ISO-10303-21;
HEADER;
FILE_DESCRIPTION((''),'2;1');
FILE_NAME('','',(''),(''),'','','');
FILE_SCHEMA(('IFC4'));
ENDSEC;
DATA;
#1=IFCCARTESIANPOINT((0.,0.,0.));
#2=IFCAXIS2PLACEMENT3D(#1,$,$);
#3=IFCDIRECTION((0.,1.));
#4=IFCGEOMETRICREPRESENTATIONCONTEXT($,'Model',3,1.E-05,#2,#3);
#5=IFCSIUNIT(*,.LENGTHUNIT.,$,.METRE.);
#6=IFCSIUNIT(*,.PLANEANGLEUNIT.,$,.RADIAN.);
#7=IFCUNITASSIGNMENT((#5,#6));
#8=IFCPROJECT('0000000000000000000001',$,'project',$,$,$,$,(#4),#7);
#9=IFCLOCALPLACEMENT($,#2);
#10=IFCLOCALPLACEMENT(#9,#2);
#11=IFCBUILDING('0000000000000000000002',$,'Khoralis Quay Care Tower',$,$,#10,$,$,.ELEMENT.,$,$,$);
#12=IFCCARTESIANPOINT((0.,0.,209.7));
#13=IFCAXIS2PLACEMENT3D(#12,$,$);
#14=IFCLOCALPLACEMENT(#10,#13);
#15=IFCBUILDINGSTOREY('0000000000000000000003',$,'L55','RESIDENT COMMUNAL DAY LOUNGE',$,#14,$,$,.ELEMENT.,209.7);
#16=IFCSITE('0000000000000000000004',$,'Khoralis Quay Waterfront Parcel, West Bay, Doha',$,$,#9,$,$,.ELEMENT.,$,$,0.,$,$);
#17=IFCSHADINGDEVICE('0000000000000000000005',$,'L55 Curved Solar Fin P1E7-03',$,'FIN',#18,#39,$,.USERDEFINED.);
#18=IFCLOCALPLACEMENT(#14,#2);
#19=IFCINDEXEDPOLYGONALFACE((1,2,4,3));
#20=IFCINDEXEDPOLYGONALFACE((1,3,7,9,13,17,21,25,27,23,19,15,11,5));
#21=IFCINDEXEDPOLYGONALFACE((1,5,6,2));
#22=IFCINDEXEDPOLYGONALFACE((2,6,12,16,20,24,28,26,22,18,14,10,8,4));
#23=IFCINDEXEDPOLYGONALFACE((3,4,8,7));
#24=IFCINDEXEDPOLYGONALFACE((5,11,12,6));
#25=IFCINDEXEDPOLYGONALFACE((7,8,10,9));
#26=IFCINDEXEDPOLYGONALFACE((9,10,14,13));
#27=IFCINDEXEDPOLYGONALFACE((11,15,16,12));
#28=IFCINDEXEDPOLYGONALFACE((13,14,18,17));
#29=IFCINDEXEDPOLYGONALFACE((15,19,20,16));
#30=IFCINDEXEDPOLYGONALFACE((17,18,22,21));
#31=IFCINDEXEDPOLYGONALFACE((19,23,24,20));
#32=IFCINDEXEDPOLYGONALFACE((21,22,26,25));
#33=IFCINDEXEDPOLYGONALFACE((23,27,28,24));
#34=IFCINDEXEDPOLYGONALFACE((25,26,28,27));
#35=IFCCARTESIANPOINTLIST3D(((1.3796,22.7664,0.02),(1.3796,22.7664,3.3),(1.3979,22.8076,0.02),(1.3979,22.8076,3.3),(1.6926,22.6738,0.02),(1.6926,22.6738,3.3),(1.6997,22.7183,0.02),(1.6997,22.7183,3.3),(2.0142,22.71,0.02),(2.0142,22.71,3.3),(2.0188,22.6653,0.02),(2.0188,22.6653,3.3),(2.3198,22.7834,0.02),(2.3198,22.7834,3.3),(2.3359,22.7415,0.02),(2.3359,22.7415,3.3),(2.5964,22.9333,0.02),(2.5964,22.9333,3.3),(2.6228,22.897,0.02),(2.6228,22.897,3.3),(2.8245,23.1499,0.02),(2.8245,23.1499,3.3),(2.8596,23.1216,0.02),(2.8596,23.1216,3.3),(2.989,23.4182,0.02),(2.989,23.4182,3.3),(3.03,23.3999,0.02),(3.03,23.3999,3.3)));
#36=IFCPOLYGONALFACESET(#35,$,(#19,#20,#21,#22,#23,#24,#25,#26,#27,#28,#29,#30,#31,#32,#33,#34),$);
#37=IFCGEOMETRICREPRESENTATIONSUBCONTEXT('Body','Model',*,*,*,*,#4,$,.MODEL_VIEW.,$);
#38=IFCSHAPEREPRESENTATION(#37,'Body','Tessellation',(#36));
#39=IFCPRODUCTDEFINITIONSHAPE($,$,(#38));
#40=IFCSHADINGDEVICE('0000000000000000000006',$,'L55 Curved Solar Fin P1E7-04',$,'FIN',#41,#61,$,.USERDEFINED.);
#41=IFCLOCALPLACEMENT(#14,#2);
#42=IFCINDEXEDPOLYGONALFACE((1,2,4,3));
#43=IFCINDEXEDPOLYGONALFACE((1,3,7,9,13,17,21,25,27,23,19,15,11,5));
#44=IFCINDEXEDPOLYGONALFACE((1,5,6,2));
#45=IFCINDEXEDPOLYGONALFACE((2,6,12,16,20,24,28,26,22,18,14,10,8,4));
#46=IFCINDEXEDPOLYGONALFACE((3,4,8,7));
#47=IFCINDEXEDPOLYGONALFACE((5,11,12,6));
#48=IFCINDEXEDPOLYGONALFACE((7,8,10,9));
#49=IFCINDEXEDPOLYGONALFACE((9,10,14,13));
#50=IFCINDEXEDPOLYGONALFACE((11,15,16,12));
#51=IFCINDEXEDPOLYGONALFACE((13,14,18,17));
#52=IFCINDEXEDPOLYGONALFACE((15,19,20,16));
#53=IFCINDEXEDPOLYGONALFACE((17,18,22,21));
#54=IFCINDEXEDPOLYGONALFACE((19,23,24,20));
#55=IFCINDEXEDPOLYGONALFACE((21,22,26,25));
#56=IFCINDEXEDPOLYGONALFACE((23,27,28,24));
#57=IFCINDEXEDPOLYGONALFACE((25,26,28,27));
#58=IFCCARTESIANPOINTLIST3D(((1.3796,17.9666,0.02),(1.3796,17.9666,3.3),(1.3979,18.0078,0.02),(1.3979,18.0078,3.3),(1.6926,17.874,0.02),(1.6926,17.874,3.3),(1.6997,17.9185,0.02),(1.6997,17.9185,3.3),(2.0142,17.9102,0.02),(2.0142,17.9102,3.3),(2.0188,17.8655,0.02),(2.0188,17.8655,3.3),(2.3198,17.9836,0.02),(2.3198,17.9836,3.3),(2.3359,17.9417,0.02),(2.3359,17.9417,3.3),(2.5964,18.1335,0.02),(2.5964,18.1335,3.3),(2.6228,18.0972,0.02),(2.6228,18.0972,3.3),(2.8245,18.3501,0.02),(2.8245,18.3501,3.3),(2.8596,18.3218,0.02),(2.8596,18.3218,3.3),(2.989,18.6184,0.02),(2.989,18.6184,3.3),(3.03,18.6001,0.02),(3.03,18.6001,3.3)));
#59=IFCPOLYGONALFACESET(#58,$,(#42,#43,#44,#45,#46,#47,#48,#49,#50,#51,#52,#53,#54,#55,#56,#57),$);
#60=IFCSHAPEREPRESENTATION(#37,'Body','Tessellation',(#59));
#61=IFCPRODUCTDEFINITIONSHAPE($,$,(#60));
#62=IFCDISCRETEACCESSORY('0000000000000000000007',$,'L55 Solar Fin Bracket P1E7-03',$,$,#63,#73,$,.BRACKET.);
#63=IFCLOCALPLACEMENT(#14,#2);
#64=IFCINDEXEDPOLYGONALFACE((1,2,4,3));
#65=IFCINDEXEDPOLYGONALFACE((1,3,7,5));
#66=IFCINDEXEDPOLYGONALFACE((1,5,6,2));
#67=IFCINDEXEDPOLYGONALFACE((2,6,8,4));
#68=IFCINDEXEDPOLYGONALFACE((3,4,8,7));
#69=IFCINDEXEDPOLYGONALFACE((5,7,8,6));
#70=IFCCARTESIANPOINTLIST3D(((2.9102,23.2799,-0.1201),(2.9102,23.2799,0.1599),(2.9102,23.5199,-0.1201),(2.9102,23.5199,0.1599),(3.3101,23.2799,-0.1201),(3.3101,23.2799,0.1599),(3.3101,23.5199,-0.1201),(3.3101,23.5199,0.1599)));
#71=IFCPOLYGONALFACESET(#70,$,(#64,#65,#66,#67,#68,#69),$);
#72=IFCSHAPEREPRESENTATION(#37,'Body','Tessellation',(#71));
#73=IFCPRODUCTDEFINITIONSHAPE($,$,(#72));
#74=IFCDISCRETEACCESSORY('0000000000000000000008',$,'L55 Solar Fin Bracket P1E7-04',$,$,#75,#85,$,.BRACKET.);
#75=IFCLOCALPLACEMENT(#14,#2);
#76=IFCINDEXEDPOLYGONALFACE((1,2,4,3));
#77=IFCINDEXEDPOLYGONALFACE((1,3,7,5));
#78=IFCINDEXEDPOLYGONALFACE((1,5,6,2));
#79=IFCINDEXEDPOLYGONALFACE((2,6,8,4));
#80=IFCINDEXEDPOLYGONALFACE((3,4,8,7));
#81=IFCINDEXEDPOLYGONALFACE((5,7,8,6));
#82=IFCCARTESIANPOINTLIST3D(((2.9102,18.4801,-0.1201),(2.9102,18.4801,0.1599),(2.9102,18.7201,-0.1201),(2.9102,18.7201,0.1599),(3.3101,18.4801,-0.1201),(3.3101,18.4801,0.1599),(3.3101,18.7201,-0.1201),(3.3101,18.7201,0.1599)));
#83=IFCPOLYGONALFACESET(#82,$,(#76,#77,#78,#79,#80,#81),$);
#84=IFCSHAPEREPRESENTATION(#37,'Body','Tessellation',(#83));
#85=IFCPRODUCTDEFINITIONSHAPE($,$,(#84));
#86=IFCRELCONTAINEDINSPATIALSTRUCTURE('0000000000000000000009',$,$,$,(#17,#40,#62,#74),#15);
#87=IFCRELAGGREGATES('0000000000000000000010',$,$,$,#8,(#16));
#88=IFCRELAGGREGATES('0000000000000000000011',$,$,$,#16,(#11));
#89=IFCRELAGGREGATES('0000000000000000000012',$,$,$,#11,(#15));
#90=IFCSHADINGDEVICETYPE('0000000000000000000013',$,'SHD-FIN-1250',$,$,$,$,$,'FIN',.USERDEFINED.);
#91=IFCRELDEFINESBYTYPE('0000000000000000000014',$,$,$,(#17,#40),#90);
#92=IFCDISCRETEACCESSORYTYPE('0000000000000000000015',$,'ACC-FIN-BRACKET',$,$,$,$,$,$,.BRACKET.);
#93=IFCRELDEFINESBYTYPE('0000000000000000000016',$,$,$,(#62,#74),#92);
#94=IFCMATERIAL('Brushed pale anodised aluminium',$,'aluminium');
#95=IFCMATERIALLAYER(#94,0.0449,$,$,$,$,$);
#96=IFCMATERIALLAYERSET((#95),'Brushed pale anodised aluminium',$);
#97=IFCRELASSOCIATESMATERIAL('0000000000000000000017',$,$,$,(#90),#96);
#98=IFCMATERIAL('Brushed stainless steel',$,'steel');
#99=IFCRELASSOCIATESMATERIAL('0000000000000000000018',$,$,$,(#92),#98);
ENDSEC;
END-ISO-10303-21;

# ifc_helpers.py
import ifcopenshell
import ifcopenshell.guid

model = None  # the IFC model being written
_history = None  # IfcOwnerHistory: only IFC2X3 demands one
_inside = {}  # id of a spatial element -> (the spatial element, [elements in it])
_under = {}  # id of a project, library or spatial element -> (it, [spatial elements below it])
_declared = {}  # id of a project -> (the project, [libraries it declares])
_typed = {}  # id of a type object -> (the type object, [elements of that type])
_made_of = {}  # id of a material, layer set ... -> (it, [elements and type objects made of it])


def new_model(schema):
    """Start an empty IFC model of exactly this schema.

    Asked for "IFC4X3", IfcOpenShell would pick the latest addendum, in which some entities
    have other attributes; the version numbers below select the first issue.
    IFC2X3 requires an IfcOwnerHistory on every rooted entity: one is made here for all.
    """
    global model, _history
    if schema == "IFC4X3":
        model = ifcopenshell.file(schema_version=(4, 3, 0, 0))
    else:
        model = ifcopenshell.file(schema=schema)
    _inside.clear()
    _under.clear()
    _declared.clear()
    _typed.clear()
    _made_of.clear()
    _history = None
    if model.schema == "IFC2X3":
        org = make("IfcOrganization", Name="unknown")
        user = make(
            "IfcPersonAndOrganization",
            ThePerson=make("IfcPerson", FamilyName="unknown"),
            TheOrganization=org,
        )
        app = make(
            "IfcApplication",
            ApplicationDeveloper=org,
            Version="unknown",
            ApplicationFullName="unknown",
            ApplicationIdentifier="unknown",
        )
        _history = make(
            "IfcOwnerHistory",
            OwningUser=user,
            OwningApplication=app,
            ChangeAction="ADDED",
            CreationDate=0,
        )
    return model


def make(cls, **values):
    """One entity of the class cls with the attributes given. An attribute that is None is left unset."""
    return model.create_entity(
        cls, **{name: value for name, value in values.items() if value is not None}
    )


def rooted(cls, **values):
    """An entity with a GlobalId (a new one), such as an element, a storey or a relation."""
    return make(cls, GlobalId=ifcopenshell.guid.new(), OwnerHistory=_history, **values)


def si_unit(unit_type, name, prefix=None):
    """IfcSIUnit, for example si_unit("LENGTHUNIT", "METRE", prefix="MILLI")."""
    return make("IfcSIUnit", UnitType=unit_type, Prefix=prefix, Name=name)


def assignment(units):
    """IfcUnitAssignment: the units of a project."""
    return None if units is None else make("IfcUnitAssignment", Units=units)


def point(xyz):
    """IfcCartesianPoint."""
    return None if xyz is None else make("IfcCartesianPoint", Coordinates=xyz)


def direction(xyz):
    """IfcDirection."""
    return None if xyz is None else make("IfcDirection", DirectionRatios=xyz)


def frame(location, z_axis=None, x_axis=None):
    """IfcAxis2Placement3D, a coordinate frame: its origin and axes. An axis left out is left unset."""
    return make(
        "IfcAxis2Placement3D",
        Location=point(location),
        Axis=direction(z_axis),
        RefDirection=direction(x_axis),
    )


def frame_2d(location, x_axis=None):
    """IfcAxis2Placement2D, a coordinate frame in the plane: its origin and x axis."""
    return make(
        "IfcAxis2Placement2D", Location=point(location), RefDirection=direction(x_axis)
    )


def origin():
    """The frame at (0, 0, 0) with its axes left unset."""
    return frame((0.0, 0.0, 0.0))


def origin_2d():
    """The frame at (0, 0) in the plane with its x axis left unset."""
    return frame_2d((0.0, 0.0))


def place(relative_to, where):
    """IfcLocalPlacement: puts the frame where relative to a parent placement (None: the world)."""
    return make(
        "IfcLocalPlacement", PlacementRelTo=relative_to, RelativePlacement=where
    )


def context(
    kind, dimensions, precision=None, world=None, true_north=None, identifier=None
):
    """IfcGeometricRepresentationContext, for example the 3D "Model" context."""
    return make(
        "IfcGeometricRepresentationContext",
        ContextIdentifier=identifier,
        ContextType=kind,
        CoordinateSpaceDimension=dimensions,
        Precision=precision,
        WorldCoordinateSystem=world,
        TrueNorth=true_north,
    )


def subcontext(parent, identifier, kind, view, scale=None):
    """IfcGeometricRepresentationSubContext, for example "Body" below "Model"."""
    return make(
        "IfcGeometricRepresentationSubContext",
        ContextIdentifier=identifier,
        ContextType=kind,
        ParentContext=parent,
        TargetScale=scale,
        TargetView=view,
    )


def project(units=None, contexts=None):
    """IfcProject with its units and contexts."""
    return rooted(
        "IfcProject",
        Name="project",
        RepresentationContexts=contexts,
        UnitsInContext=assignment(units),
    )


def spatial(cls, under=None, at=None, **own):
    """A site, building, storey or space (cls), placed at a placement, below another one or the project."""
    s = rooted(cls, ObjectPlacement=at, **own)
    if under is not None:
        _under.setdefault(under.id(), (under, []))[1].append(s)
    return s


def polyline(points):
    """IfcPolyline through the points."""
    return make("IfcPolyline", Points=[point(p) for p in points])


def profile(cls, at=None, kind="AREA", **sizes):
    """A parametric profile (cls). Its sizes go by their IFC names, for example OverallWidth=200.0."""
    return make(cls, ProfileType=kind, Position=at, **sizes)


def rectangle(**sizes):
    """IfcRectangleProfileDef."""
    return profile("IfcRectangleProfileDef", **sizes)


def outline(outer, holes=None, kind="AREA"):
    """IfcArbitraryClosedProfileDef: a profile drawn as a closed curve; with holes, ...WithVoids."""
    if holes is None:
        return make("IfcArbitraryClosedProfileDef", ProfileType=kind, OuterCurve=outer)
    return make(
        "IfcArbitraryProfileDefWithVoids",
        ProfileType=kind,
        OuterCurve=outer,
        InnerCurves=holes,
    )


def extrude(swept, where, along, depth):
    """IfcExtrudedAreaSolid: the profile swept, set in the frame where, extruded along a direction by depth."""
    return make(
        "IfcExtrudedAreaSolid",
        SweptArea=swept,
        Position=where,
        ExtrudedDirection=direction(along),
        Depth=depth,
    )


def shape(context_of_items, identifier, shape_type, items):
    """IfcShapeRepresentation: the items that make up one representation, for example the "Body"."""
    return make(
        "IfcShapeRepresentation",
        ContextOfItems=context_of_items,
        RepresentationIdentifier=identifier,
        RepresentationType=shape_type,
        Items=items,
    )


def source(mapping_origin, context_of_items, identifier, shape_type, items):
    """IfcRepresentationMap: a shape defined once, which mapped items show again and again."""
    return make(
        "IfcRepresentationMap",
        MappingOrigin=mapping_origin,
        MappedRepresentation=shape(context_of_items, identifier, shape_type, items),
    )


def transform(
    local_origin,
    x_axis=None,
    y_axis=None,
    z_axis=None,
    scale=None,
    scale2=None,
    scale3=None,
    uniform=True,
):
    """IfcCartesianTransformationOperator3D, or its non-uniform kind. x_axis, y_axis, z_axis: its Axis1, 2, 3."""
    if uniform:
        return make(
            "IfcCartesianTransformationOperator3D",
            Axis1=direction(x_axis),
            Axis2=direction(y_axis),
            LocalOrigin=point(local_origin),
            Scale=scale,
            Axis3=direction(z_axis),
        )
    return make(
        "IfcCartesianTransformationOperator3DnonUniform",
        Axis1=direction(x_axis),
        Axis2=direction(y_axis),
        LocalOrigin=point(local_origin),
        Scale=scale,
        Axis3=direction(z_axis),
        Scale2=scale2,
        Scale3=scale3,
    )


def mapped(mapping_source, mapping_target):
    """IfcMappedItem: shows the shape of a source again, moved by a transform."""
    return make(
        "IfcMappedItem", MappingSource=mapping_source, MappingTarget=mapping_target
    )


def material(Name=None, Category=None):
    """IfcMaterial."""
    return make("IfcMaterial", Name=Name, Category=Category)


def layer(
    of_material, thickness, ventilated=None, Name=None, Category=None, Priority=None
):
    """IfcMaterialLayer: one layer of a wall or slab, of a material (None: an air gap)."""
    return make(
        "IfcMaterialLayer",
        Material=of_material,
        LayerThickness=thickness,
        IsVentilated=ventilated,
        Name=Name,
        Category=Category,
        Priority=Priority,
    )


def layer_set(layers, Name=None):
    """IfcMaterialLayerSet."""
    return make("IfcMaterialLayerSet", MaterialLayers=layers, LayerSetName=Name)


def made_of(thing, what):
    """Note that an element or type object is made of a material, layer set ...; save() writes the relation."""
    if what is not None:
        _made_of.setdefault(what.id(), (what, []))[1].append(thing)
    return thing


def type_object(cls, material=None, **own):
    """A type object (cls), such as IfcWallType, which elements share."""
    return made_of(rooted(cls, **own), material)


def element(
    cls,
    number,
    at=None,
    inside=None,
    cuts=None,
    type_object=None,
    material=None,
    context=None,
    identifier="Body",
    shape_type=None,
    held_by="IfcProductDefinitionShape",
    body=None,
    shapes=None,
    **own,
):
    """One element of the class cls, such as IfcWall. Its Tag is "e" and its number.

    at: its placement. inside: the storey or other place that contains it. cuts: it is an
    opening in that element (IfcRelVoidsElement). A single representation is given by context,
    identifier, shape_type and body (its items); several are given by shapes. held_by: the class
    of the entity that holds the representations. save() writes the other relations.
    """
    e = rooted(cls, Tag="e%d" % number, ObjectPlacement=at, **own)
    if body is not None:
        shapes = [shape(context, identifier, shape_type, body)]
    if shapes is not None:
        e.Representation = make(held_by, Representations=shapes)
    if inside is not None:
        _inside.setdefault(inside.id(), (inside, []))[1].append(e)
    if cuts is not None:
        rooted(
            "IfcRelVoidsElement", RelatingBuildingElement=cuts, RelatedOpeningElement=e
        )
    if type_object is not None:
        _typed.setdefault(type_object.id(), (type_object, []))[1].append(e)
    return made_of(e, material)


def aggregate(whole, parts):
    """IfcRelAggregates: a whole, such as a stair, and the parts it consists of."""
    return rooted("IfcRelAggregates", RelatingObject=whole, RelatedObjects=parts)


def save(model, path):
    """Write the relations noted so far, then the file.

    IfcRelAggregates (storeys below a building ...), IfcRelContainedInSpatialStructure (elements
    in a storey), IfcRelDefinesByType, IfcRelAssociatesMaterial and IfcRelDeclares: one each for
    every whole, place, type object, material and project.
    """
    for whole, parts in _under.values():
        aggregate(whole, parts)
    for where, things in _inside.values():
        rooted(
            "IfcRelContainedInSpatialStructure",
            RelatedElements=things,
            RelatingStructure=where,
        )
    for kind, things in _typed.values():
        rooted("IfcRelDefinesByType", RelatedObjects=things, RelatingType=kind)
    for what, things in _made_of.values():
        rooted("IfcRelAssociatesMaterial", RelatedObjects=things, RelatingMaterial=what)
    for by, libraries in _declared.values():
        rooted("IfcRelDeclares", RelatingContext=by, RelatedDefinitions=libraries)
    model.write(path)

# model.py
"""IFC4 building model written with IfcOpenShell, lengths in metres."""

from ifc_helpers import new_model, si_unit, direction, frame, origin, origin_2d, place, context, subcontext, project, spatial, polyline, rectangle, outline, extrude, source, transform, mapped, material, layer, layer_set, type_object, element, save


model = new_model("IFC4")

# Units and contexts
model_context = context("Model", 3, precision=1e-05, world=origin(), true_north=direction((0.0, 1.0)))
body_context = subcontext(model_context, "Body", "Model", "MODEL_VIEW")
ifc_project = project(units=[si_unit("LENGTHUNIT", "METRE"), si_unit("PLANEANGLEUNIT", "RADIAN")], contexts=[model_context])

# Site, building, storey
site_placement = place(None, origin())
site = spatial("IfcSite", under=ifc_project, at=site_placement, Name="Khoralis Quay Waterfront Parcel, West Bay, Doha", CompositionType="ELEMENT", RefElevation=0.0)
building_placement = place(site_placement, origin())
building = spatial("IfcBuilding", under=site, at=building_placement, Name="Khoralis Quay Care Tower", CompositionType="ELEMENT")
storey_placement = place(building_placement, frame((0.0, 0.0, 209.7)))
storey = spatial("IfcBuildingStorey", under=building, at=storey_placement, Name="L55", Description="RESIDENT COMMUNAL DAY LOUNGE", CompositionType="ELEMENT", Elevation=209.7)

# Shading devices
ifc_material_1 = material(Name="Brushed pale anodised aluminium", Category="aluminium")
ifc_layer_1 = layer(ifc_material_1, 0.0449)
ifc_layer_set_1 = layer_set([ifc_layer_1], Name="Brushed pale anodised aluminium")
shading_device_type = type_object("IfcShadingDeviceType", Name="SHD-FIN-1250", ElementType="FIN", PredefinedType="USERDEFINED", material=ifc_layer_set_1)
shared_shape_1 = source(origin(), body_context, "Body", "SweptSolid", [
    extrude(outline(polyline([(0.0, 0.0), (0.1704, 0.2783), (0.4072, 0.5029), (0.6941, 0.6584), (1.0112, 0.7346), (1.3374, 0.7261), (1.6504, 0.6335), (1.6321, 0.5923), (1.3303, 0.6816), (1.0159, 0.6899), (0.7102, 0.6165), (0.4336, 0.4666), (0.2056, 0.25), (0.041, -0.0183), (0.0, 0.0)])), origin(), (0.0, 0.0, 1.0), 3.28),
])
for number, where, z_axis, x_axis, name in (
    (1, (3.03, 23.3999, 0.02), (0.0, 0.0, 1.0), (-1.0, 0.0, 0.0), "L55 Curved Solar Fin P1E7-03"),
    (2, (3.03, 18.6001, 0.02), (0.0, 0.0, 1.0), (-1.0, 0.0, 0.0), "L55 Curved Solar Fin P1E7-04"),
):
    element("IfcShadingDevice", number, at=place(storey_placement, frame(where, z_axis=z_axis, x_axis=x_axis)), inside=storey, type_object=shading_device_type, Name=name, ObjectType="FIN", PredefinedType="USERDEFINED", context=body_context, shape_type="MappedRepresentation", body=[
        mapped(shared_shape_1, transform((0.0, 0.0, 0.0), scale=1.0)),
    ])

# Discrete accessories
ifc_material_2 = material(Name="Brushed stainless steel", Category="steel")
discrete_accessory_type = type_object("IfcDiscreteAccessoryType", Name="ACC-FIN-BRACKET", PredefinedType="BRACKET", material=ifc_material_2)
shared_shape_2 = source(origin(), body_context, "Body", "SweptSolid", [
    extrude(rectangle(XDim=0.3999, YDim=0.24, at=origin_2d()), origin(), (0.0, 0.0, 1.0), 0.28),
])
for number, where, z_axis, x_axis, name in (
    (3, (3.1101, 23.3999, -0.1201), (0.0, 0.0, 1.0), (-1.0, 0.0, 0.0), "L55 Solar Fin Bracket P1E7-03"),
    (4, (3.1101, 18.6001, -0.1201), (0.0, 0.0, 1.0), (-1.0, 0.0, 0.0), "L55 Solar Fin Bracket P1E7-04"),
):
    element("IfcDiscreteAccessory", number, at=place(storey_placement, frame(where, z_axis=z_axis, x_axis=x_axis)), inside=storey, type_object=discrete_accessory_type, Name=name, PredefinedType="BRACKET", context=body_context, shape_type="MappedRepresentation", body=[
        mapped(shared_shape_2, transform((0.0, 0.0, 0.0), scale=1.0)),
    ])

save(model, "model.ifc")
